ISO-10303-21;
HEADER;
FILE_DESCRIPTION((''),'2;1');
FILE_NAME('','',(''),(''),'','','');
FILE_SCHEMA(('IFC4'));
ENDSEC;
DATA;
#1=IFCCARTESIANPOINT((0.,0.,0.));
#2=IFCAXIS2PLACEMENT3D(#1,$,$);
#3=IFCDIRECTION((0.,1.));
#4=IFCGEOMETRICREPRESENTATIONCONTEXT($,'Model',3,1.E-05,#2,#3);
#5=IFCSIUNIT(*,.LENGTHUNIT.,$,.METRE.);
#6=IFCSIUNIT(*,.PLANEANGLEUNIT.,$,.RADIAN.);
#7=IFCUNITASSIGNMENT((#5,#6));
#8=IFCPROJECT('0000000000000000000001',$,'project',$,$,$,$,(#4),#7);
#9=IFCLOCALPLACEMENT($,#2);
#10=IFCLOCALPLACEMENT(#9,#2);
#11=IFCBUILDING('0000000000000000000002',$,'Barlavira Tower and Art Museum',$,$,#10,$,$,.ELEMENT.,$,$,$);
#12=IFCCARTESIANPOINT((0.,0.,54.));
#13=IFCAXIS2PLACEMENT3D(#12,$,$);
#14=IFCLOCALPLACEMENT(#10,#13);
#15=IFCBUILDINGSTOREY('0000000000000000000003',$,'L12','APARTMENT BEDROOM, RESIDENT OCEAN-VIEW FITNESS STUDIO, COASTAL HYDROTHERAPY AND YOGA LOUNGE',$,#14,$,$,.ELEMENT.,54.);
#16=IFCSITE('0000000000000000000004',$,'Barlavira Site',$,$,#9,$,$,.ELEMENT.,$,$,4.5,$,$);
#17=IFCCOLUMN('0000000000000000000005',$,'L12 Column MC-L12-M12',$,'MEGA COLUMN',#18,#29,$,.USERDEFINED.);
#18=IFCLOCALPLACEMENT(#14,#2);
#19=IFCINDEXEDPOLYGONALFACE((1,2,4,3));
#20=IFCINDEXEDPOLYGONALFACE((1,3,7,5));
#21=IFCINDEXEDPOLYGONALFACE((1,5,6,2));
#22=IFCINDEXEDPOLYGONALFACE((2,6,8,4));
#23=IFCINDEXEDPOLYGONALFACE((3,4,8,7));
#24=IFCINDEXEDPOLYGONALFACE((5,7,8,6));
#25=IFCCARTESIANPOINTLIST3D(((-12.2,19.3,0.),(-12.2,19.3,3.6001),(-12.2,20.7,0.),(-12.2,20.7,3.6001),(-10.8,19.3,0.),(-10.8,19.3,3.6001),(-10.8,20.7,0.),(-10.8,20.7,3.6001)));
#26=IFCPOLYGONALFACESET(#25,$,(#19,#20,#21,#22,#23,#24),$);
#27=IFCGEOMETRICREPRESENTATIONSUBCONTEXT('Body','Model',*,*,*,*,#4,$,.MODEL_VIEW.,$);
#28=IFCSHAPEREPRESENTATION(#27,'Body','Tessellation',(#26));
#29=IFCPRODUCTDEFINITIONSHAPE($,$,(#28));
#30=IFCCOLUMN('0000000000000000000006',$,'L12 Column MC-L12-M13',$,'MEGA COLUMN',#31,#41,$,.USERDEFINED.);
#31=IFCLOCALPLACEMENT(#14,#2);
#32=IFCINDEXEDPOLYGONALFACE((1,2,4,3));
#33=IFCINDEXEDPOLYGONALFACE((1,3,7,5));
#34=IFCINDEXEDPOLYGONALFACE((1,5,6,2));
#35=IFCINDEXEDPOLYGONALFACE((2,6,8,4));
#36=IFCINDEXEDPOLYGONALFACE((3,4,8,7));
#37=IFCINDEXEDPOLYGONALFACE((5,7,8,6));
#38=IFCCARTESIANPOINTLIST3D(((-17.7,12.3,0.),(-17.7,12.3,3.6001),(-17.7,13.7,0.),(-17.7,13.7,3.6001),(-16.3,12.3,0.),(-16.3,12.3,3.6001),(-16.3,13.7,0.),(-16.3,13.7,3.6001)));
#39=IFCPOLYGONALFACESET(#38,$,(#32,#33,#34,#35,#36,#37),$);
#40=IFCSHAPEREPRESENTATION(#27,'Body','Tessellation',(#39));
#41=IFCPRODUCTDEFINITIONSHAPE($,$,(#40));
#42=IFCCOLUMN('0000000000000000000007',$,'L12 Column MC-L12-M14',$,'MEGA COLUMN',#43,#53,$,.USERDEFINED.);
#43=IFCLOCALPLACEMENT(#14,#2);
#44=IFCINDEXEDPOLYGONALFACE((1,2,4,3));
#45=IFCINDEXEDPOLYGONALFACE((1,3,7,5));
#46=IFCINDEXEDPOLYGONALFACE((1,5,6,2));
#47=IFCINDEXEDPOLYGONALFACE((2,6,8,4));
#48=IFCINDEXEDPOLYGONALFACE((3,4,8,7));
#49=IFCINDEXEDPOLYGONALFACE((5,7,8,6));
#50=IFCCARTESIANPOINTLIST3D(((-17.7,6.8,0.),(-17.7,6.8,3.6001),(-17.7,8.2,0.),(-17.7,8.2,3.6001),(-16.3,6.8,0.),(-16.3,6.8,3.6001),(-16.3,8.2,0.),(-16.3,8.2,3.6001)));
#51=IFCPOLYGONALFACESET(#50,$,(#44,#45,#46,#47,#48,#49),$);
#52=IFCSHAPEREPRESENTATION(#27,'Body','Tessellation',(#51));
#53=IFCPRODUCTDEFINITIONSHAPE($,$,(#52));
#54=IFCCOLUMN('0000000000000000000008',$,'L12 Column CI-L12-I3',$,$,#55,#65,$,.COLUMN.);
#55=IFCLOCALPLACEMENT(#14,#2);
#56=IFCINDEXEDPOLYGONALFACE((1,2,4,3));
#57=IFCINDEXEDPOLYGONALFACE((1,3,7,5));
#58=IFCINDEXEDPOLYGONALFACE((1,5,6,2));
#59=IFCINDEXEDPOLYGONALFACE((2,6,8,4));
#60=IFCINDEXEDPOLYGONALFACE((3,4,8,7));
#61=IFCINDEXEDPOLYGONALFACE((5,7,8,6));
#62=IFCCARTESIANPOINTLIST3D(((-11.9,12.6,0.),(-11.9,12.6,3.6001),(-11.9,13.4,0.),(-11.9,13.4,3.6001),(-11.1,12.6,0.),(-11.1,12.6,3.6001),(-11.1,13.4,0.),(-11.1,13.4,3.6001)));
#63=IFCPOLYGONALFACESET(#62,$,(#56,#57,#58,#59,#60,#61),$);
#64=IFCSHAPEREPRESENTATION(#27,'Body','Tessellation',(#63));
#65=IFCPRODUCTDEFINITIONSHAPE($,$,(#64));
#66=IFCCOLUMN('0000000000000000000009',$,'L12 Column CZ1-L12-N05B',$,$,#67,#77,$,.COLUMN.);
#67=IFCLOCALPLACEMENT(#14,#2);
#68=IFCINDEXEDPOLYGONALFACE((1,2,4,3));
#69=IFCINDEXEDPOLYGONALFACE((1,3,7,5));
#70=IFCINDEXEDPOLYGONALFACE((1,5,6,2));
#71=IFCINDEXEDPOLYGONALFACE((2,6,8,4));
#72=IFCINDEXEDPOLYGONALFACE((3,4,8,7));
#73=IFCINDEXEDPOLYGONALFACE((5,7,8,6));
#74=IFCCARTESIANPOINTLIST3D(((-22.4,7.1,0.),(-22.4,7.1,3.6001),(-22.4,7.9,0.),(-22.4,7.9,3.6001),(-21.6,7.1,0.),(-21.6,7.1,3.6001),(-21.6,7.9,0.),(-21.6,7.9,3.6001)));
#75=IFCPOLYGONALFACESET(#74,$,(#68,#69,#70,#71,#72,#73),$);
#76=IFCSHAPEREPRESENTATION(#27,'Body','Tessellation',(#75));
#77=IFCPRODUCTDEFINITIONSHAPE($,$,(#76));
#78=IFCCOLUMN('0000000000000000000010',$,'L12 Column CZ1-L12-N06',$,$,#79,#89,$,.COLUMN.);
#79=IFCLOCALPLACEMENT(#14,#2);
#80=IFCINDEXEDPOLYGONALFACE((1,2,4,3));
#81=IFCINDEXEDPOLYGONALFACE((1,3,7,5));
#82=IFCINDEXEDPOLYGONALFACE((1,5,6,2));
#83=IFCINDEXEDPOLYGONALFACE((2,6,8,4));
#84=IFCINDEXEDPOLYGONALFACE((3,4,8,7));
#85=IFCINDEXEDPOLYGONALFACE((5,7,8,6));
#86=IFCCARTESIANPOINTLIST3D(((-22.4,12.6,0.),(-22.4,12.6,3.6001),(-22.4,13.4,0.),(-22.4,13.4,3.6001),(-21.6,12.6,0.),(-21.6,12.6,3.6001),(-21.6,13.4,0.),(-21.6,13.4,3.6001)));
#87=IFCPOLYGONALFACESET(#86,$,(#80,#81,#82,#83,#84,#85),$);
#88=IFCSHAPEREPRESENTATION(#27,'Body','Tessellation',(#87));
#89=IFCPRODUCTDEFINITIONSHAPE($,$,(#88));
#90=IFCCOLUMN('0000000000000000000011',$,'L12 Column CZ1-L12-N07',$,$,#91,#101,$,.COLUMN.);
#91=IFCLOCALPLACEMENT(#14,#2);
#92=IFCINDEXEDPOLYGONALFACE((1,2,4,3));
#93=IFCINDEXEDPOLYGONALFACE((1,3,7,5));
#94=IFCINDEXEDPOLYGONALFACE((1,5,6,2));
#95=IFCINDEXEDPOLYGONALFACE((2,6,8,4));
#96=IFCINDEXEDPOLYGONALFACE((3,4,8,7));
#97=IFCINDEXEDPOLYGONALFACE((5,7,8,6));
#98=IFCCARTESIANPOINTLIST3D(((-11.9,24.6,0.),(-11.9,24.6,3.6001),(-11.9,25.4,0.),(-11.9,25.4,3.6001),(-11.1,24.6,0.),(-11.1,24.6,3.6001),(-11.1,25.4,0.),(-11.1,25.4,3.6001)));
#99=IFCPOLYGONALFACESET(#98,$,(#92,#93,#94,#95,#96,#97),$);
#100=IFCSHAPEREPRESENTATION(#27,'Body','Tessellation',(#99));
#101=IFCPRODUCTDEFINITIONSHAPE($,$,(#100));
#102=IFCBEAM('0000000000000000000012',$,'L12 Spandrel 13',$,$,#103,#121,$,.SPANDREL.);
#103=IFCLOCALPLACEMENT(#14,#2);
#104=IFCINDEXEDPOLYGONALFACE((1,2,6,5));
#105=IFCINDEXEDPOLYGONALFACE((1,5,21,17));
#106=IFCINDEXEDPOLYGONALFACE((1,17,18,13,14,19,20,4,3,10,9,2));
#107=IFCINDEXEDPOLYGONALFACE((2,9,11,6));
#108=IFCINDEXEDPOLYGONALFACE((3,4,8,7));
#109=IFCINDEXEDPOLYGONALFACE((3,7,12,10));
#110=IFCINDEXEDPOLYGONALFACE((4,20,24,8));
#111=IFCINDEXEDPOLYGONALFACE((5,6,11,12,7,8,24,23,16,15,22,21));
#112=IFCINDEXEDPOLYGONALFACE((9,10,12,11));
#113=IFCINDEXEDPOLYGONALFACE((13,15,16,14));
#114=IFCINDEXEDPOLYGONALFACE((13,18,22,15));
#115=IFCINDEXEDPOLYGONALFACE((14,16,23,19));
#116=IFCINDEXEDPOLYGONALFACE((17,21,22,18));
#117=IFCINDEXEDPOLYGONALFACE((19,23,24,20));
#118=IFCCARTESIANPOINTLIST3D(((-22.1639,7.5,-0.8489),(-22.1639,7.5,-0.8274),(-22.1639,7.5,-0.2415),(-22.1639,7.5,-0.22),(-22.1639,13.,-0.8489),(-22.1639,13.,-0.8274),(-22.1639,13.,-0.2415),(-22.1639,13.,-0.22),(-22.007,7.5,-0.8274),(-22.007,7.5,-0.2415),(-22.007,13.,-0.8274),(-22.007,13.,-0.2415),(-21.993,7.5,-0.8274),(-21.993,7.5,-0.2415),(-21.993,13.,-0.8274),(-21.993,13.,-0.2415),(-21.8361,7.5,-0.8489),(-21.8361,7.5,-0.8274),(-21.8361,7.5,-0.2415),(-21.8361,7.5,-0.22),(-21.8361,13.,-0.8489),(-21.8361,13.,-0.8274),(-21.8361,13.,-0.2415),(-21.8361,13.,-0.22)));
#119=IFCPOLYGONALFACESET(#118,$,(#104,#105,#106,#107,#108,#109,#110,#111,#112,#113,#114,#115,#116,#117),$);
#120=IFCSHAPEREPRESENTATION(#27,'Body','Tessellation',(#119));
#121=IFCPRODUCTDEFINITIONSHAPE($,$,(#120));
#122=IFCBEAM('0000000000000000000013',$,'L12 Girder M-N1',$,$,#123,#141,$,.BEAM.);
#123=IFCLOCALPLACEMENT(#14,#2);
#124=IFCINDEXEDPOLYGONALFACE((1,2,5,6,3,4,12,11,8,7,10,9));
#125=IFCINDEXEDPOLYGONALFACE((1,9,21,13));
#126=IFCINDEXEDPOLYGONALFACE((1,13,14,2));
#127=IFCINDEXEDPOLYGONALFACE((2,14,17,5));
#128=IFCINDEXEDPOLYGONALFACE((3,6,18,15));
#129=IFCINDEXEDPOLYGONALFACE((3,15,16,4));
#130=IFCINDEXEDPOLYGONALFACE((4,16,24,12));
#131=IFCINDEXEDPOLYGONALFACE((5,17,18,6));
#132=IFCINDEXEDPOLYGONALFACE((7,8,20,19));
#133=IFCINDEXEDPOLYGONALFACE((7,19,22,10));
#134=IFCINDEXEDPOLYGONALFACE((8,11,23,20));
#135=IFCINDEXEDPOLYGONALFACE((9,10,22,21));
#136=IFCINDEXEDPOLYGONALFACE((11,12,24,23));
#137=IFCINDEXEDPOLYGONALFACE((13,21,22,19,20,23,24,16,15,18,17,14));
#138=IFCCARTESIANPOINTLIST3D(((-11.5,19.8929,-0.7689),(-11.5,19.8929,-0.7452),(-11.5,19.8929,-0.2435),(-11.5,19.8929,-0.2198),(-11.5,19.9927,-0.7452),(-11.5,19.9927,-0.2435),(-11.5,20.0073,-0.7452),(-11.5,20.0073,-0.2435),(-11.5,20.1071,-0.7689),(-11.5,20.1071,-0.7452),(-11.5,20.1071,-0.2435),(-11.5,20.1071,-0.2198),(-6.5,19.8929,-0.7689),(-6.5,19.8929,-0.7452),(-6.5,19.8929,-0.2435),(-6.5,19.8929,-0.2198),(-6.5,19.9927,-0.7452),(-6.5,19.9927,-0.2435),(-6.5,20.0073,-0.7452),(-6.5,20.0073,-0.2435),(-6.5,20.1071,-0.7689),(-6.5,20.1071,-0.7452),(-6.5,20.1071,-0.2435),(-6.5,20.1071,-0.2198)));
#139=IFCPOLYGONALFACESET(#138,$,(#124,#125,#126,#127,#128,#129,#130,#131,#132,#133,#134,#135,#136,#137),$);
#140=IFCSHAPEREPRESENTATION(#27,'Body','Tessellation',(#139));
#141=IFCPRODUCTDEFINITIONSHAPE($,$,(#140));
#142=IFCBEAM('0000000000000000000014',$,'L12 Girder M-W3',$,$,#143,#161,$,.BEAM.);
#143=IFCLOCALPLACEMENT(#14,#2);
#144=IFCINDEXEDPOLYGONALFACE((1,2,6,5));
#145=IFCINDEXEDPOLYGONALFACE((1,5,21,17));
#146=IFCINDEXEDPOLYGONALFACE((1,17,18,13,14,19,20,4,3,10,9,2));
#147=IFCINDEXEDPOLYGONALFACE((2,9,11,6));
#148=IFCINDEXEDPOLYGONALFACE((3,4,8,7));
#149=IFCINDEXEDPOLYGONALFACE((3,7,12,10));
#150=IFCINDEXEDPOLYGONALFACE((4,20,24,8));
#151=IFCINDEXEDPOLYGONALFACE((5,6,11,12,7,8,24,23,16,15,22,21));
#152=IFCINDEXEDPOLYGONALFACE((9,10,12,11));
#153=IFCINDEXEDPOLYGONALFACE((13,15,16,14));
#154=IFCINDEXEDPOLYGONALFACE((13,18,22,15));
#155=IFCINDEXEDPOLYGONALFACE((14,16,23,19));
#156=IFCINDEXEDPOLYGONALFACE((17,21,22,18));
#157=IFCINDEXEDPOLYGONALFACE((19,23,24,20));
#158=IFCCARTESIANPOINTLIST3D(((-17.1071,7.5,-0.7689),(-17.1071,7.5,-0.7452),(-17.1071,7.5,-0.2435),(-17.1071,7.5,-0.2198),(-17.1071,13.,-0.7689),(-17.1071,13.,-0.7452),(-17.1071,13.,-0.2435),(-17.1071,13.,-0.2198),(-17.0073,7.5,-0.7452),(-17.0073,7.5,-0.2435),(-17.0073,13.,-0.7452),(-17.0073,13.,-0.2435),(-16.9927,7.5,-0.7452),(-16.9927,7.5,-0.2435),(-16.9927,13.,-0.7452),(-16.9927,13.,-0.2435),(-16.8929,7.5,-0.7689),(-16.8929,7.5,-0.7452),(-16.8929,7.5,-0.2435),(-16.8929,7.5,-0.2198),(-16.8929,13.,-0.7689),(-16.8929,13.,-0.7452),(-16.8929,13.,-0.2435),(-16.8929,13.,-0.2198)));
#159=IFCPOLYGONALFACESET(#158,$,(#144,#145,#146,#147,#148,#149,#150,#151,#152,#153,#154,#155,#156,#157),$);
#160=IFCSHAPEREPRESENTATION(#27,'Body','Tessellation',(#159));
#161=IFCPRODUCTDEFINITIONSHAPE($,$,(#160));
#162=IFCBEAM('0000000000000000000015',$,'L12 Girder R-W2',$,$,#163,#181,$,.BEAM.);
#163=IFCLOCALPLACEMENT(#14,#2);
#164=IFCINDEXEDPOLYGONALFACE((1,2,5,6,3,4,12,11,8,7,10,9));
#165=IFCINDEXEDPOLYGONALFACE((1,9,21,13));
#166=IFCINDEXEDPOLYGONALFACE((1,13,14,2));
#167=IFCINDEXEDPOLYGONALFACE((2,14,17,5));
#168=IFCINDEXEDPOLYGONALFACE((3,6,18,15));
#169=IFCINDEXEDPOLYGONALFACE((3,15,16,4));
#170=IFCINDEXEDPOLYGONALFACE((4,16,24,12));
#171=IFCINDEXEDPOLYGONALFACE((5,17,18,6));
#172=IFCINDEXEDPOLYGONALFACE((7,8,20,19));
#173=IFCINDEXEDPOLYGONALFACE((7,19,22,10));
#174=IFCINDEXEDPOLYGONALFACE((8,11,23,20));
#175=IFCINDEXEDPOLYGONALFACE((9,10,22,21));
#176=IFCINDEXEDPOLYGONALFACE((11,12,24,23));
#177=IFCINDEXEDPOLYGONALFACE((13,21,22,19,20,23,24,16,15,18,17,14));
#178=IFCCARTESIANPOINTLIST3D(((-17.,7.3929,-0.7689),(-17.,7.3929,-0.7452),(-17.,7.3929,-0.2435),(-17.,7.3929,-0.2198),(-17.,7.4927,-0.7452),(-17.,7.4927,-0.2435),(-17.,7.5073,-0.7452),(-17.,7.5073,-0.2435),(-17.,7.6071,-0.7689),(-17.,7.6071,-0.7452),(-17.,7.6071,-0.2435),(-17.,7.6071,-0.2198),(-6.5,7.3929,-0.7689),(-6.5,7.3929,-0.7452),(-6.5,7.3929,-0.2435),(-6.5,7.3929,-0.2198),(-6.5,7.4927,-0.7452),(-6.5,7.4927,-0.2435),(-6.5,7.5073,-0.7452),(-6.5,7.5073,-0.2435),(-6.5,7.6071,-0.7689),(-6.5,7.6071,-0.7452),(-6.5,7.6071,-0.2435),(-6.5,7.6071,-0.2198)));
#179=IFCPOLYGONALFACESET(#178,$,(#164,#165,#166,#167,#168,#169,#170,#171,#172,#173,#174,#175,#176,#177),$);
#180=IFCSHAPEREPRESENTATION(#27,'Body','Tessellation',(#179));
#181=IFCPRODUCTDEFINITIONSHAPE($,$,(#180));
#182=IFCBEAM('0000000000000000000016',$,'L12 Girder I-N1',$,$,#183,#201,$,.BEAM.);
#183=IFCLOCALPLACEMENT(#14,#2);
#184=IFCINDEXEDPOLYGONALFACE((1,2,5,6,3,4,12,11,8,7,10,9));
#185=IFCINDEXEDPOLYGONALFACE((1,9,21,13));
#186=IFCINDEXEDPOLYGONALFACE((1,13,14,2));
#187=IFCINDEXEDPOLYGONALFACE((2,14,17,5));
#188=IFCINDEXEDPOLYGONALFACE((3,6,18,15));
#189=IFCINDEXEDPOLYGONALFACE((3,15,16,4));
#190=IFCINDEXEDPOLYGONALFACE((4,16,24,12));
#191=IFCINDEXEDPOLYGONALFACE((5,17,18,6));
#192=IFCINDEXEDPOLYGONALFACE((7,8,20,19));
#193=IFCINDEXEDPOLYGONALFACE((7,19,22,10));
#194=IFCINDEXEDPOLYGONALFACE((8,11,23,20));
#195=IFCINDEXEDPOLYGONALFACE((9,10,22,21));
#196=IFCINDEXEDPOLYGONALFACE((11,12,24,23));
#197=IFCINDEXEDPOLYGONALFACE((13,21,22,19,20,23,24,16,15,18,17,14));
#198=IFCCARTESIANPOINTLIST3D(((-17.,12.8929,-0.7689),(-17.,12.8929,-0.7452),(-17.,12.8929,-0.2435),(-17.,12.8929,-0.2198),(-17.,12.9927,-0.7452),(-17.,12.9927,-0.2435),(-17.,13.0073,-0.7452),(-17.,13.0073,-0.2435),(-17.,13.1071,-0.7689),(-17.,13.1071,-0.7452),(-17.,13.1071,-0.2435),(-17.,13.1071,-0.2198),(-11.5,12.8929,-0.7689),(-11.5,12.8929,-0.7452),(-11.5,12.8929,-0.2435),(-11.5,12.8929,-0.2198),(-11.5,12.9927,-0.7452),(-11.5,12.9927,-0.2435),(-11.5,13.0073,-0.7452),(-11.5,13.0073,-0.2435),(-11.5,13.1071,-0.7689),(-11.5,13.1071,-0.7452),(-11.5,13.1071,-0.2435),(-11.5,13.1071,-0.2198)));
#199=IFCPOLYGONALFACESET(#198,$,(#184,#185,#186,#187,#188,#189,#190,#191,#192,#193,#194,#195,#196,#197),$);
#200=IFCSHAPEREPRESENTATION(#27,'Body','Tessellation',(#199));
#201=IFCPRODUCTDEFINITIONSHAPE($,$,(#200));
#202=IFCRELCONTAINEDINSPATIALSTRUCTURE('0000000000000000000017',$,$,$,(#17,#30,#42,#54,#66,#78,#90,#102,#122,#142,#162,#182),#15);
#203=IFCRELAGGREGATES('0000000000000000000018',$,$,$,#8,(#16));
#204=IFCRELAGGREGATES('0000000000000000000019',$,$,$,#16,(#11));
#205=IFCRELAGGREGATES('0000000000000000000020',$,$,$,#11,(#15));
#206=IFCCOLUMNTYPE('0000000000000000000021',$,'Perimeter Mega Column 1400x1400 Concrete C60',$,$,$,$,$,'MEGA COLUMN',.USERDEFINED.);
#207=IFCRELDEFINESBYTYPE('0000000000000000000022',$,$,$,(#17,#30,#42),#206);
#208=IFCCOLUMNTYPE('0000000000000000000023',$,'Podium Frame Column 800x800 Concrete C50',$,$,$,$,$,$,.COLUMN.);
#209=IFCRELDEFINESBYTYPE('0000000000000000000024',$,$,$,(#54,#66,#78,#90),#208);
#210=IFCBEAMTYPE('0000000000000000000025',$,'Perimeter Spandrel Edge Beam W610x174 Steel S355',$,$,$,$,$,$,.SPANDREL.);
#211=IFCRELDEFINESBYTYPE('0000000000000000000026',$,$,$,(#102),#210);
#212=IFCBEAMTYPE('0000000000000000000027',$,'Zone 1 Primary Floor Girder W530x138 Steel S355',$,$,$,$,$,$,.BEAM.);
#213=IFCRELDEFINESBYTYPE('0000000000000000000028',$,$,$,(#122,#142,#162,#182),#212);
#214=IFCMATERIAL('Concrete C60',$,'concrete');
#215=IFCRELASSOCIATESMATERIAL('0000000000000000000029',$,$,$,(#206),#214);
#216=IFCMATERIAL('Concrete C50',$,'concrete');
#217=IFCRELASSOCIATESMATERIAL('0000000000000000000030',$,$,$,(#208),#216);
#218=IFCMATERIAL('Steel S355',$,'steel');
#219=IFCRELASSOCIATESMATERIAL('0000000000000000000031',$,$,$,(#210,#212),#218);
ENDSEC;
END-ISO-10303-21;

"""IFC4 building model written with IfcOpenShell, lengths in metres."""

from ifc_helpers import new_model, si_unit, direction, frame, origin, origin_2d, place, context, subcontext, project, spatial, rectangle, i_section, extrude, material, material_profile, profile_set, type_object, element, save


model = new_model("IFC4")

# Units and contexts
model_context = context("Model", 3, precision=1e-05, world=origin(), true_north=direction((0.0, 1.0)))
body_context = subcontext(model_context, "Body", "Model", "MODEL_VIEW")
ifc_project = project(units=[si_unit("LENGTHUNIT", "METRE"), si_unit("PLANEANGLEUNIT", "RADIAN")], contexts=[model_context])

# Site, building, storey
site_placement = place(None, origin())
site = spatial("IfcSite", under=ifc_project, at=site_placement, Name="Barlavira Site", CompositionType="ELEMENT", RefElevation=4.5)
building_placement = place(site_placement, origin())
building = spatial("IfcBuilding", under=site, at=building_placement, Name="Barlavira Tower and Art Museum", CompositionType="ELEMENT")
storey_placement = place(building_placement, frame((0.0, 0.0, 54.0)))
storey = spatial("IfcBuildingStorey", under=building, at=storey_placement, Name="L12", Description="APARTMENT BEDROOM, RESIDENT OCEAN-VIEW FITNESS STUDIO, COASTAL HYDROTHERAPY AND YOGA LOUNGE", CompositionType="ELEMENT", Elevation=54.0)

# Columns
ifc_material_1 = material(Name="Concrete C60", Category="concrete")
ifc_material_profile_1 = material_profile(ifc_material_1, rectangle(XDim=1.3999, YDim=1.3999, at=origin_2d()), Name="RC-MCOL 1400x1400")
ifc_profile_set_1 = profile_set([ifc_material_profile_1], Name="Concrete C60")
column_type_1 = type_object("IfcColumnType", Name="Perimeter Mega Column 1400x1400 Concrete C60", ElementType="MEGA COLUMN", PredefinedType="USERDEFINED", material=ifc_profile_set_1)
for number, where, z_axis, x_axis, name in (
    (1, (-11.5, 20.0, 0.0), (0.0, 0.0, 1.0), (1.0, 0.0, 0.0), "L12 Column MC-L12-M12"),
    (2, (-17.0, 13.0, 0.0), (0.0, 0.0, 1.0), (1.0, 0.0, 0.0), "L12 Column MC-L12-M13"),
    (3, (-17.0, 7.5, 0.0), (0.0, 0.0, 1.0), (1.0, 0.0, 0.0), "L12 Column MC-L12-M14"),
):
    element("IfcColumn", number, at=place(storey_placement, frame(where, z_axis=z_axis, x_axis=x_axis)), inside=storey, type_object=column_type_1, Name=name, ObjectType="MEGA COLUMN", PredefinedType="USERDEFINED", context=body_context, shape_type="SweptSolid", body=[
        extrude(rectangle(XDim=1.3999, YDim=1.3999, at=origin_2d()), origin(), (0.0, 0.0, 1.0), 3.6001),
    ])
ifc_material_2 = material(Name="Concrete C50", Category="concrete")
ifc_material_profile_2 = material_profile(ifc_material_2, rectangle(XDim=0.8, YDim=0.8, at=origin_2d()), Name="RC-COL 800x800")
ifc_profile_set_2 = profile_set([ifc_material_profile_2], Name="Concrete C50")
column_type_2 = type_object("IfcColumnType", Name="Podium Frame Column 800x800 Concrete C50", PredefinedType="COLUMN", material=ifc_profile_set_2)
for number, where, z_axis, x_axis, name in (
    (4, (-11.5, 13.0, 0.0), (0.0, 0.0, 1.0), (1.0, 0.0, 0.0), "L12 Column CI-L12-I3"),
    (5, (-22.0, 7.5, 0.0), (0.0, 0.0, 1.0), (1.0, 0.0, 0.0), "L12 Column CZ1-L12-N05B"),
    (6, (-22.0, 13.0, 0.0), (0.0, 0.0, 1.0), (1.0, 0.0, 0.0), "L12 Column CZ1-L12-N06"),
    (7, (-11.5, 25.0, 0.0), (0.0, 0.0, 1.0), (1.0, 0.0, 0.0), "L12 Column CZ1-L12-N07"),
):
    element("IfcColumn", number, at=place(storey_placement, frame(where, z_axis=z_axis, x_axis=x_axis)), inside=storey, type_object=column_type_2, Name=name, PredefinedType="COLUMN", context=body_context, shape_type="SweptSolid", body=[
        extrude(rectangle(XDim=0.8, YDim=0.8, at=origin_2d()), origin(), (0.0, 0.0, 1.0), 3.6001),
    ])

# Beams
ifc_material_3 = material(Name="Steel S355", Category="steel")
ifc_material_profile_3 = material_profile(ifc_material_3, i_section(OverallWidth=0.3279, OverallDepth=0.6289, WebThickness=0.0139, FlangeThickness=0.0215, at=origin_2d()), Name="W610x174.0")
ifc_profile_set_3 = profile_set([ifc_material_profile_3], Name="Steel S355")
beam_type_1 = type_object("IfcBeamType", Name="Perimeter Spandrel Edge Beam W610x174 Steel S355", PredefinedType="SPANDREL", material=ifc_profile_set_3)
beam_1_placement = place(storey_placement, frame((-22.0, 7.5, -0.5344), z_axis=(0.0, 1.0, 0.0), x_axis=(-1.0, 0.0, 0.0)))
element("IfcBeam", 8, at=beam_1_placement, inside=storey, type_object=beam_type_1, Name="L12 Spandrel 13", PredefinedType="SPANDREL", context=body_context, shape_type="SweptSolid", body=[
    extrude(i_section(OverallWidth=0.3279, OverallDepth=0.6289, WebThickness=0.0139, FlangeThickness=0.0215, at=origin_2d()), origin(), (0.0, 0.0, 1.0), 5.5),
])
ifc_material_profile_4 = material_profile(ifc_material_3, i_section(OverallWidth=0.2141, OverallDepth=0.5491, WebThickness=0.0146, FlangeThickness=0.0237, at=origin_2d()), Name="W530x138.0")
ifc_profile_set_4 = profile_set([ifc_material_profile_4], Name="Steel S355")
beam_type_2 = type_object("IfcBeamType", Name="Zone 1 Primary Floor Girder W530x138 Steel S355", PredefinedType="BEAM", material=ifc_profile_set_4)
beam_2_placement = place(storey_placement, frame((-11.5, 20.0, -0.4944), z_axis=(1.0, 0.0, 0.0), x_axis=(0.0, 1.0, 0.0)))
element("IfcBeam", 9, at=beam_2_placement, inside=storey, type_object=beam_type_2, Name="L12 Girder M-N1", PredefinedType="BEAM", context=body_context, shape_type="SweptSolid", body=[
    extrude(i_section(OverallWidth=0.2141, OverallDepth=0.5491, WebThickness=0.0146, FlangeThickness=0.0237, at=origin_2d()), origin(), (0.0, 0.0, 1.0), 5.0),
])
beam_3_placement = place(storey_placement, frame((-17.0, 7.5, -0.4944), z_axis=(0.0, 1.0, 0.0), x_axis=(-1.0, 0.0, 0.0)))
element("IfcBeam", 10, at=beam_3_placement, inside=storey, type_object=beam_type_2, Name="L12 Girder M-W3", PredefinedType="BEAM", context=body_context, shape_type="SweptSolid", body=[
    extrude(i_section(OverallWidth=0.2141, OverallDepth=0.5491, WebThickness=0.0146, FlangeThickness=0.0237, at=origin_2d()), origin(), (0.0, 0.0, 1.0), 5.5),
])
beam_4_placement = place(storey_placement, frame((-17.0, 7.5, -0.4944), z_axis=(1.0, 0.0, 0.0), x_axis=(0.0, 1.0, 0.0)))
element("IfcBeam", 11, at=beam_4_placement, inside=storey, type_object=beam_type_2, Name="L12 Girder R-W2", PredefinedType="BEAM", context=body_context, shape_type="SweptSolid", body=[
    extrude(i_section(OverallWidth=0.2141, OverallDepth=0.5491, WebThickness=0.0146, FlangeThickness=0.0237, at=origin_2d()), origin(), (0.0, 0.0, 1.0), 10.5),
])
beam_5_placement = place(storey_placement, frame((-17.0, 13.0, -0.4944), z_axis=(1.0, 0.0, 0.0), x_axis=(0.0, 1.0, 0.0)))
element("IfcBeam", 12, at=beam_5_placement, inside=storey, type_object=beam_type_2, Name="L12 Girder I-N1", PredefinedType="BEAM", context=body_context, shape_type="SweptSolid", body=[
    extrude(i_section(OverallWidth=0.2141, OverallDepth=0.5491, WebThickness=0.0146, FlangeThickness=0.0237, at=origin_2d()), origin(), (0.0, 0.0, 1.0), 5.5),
])

save(model, "model.ifc")
